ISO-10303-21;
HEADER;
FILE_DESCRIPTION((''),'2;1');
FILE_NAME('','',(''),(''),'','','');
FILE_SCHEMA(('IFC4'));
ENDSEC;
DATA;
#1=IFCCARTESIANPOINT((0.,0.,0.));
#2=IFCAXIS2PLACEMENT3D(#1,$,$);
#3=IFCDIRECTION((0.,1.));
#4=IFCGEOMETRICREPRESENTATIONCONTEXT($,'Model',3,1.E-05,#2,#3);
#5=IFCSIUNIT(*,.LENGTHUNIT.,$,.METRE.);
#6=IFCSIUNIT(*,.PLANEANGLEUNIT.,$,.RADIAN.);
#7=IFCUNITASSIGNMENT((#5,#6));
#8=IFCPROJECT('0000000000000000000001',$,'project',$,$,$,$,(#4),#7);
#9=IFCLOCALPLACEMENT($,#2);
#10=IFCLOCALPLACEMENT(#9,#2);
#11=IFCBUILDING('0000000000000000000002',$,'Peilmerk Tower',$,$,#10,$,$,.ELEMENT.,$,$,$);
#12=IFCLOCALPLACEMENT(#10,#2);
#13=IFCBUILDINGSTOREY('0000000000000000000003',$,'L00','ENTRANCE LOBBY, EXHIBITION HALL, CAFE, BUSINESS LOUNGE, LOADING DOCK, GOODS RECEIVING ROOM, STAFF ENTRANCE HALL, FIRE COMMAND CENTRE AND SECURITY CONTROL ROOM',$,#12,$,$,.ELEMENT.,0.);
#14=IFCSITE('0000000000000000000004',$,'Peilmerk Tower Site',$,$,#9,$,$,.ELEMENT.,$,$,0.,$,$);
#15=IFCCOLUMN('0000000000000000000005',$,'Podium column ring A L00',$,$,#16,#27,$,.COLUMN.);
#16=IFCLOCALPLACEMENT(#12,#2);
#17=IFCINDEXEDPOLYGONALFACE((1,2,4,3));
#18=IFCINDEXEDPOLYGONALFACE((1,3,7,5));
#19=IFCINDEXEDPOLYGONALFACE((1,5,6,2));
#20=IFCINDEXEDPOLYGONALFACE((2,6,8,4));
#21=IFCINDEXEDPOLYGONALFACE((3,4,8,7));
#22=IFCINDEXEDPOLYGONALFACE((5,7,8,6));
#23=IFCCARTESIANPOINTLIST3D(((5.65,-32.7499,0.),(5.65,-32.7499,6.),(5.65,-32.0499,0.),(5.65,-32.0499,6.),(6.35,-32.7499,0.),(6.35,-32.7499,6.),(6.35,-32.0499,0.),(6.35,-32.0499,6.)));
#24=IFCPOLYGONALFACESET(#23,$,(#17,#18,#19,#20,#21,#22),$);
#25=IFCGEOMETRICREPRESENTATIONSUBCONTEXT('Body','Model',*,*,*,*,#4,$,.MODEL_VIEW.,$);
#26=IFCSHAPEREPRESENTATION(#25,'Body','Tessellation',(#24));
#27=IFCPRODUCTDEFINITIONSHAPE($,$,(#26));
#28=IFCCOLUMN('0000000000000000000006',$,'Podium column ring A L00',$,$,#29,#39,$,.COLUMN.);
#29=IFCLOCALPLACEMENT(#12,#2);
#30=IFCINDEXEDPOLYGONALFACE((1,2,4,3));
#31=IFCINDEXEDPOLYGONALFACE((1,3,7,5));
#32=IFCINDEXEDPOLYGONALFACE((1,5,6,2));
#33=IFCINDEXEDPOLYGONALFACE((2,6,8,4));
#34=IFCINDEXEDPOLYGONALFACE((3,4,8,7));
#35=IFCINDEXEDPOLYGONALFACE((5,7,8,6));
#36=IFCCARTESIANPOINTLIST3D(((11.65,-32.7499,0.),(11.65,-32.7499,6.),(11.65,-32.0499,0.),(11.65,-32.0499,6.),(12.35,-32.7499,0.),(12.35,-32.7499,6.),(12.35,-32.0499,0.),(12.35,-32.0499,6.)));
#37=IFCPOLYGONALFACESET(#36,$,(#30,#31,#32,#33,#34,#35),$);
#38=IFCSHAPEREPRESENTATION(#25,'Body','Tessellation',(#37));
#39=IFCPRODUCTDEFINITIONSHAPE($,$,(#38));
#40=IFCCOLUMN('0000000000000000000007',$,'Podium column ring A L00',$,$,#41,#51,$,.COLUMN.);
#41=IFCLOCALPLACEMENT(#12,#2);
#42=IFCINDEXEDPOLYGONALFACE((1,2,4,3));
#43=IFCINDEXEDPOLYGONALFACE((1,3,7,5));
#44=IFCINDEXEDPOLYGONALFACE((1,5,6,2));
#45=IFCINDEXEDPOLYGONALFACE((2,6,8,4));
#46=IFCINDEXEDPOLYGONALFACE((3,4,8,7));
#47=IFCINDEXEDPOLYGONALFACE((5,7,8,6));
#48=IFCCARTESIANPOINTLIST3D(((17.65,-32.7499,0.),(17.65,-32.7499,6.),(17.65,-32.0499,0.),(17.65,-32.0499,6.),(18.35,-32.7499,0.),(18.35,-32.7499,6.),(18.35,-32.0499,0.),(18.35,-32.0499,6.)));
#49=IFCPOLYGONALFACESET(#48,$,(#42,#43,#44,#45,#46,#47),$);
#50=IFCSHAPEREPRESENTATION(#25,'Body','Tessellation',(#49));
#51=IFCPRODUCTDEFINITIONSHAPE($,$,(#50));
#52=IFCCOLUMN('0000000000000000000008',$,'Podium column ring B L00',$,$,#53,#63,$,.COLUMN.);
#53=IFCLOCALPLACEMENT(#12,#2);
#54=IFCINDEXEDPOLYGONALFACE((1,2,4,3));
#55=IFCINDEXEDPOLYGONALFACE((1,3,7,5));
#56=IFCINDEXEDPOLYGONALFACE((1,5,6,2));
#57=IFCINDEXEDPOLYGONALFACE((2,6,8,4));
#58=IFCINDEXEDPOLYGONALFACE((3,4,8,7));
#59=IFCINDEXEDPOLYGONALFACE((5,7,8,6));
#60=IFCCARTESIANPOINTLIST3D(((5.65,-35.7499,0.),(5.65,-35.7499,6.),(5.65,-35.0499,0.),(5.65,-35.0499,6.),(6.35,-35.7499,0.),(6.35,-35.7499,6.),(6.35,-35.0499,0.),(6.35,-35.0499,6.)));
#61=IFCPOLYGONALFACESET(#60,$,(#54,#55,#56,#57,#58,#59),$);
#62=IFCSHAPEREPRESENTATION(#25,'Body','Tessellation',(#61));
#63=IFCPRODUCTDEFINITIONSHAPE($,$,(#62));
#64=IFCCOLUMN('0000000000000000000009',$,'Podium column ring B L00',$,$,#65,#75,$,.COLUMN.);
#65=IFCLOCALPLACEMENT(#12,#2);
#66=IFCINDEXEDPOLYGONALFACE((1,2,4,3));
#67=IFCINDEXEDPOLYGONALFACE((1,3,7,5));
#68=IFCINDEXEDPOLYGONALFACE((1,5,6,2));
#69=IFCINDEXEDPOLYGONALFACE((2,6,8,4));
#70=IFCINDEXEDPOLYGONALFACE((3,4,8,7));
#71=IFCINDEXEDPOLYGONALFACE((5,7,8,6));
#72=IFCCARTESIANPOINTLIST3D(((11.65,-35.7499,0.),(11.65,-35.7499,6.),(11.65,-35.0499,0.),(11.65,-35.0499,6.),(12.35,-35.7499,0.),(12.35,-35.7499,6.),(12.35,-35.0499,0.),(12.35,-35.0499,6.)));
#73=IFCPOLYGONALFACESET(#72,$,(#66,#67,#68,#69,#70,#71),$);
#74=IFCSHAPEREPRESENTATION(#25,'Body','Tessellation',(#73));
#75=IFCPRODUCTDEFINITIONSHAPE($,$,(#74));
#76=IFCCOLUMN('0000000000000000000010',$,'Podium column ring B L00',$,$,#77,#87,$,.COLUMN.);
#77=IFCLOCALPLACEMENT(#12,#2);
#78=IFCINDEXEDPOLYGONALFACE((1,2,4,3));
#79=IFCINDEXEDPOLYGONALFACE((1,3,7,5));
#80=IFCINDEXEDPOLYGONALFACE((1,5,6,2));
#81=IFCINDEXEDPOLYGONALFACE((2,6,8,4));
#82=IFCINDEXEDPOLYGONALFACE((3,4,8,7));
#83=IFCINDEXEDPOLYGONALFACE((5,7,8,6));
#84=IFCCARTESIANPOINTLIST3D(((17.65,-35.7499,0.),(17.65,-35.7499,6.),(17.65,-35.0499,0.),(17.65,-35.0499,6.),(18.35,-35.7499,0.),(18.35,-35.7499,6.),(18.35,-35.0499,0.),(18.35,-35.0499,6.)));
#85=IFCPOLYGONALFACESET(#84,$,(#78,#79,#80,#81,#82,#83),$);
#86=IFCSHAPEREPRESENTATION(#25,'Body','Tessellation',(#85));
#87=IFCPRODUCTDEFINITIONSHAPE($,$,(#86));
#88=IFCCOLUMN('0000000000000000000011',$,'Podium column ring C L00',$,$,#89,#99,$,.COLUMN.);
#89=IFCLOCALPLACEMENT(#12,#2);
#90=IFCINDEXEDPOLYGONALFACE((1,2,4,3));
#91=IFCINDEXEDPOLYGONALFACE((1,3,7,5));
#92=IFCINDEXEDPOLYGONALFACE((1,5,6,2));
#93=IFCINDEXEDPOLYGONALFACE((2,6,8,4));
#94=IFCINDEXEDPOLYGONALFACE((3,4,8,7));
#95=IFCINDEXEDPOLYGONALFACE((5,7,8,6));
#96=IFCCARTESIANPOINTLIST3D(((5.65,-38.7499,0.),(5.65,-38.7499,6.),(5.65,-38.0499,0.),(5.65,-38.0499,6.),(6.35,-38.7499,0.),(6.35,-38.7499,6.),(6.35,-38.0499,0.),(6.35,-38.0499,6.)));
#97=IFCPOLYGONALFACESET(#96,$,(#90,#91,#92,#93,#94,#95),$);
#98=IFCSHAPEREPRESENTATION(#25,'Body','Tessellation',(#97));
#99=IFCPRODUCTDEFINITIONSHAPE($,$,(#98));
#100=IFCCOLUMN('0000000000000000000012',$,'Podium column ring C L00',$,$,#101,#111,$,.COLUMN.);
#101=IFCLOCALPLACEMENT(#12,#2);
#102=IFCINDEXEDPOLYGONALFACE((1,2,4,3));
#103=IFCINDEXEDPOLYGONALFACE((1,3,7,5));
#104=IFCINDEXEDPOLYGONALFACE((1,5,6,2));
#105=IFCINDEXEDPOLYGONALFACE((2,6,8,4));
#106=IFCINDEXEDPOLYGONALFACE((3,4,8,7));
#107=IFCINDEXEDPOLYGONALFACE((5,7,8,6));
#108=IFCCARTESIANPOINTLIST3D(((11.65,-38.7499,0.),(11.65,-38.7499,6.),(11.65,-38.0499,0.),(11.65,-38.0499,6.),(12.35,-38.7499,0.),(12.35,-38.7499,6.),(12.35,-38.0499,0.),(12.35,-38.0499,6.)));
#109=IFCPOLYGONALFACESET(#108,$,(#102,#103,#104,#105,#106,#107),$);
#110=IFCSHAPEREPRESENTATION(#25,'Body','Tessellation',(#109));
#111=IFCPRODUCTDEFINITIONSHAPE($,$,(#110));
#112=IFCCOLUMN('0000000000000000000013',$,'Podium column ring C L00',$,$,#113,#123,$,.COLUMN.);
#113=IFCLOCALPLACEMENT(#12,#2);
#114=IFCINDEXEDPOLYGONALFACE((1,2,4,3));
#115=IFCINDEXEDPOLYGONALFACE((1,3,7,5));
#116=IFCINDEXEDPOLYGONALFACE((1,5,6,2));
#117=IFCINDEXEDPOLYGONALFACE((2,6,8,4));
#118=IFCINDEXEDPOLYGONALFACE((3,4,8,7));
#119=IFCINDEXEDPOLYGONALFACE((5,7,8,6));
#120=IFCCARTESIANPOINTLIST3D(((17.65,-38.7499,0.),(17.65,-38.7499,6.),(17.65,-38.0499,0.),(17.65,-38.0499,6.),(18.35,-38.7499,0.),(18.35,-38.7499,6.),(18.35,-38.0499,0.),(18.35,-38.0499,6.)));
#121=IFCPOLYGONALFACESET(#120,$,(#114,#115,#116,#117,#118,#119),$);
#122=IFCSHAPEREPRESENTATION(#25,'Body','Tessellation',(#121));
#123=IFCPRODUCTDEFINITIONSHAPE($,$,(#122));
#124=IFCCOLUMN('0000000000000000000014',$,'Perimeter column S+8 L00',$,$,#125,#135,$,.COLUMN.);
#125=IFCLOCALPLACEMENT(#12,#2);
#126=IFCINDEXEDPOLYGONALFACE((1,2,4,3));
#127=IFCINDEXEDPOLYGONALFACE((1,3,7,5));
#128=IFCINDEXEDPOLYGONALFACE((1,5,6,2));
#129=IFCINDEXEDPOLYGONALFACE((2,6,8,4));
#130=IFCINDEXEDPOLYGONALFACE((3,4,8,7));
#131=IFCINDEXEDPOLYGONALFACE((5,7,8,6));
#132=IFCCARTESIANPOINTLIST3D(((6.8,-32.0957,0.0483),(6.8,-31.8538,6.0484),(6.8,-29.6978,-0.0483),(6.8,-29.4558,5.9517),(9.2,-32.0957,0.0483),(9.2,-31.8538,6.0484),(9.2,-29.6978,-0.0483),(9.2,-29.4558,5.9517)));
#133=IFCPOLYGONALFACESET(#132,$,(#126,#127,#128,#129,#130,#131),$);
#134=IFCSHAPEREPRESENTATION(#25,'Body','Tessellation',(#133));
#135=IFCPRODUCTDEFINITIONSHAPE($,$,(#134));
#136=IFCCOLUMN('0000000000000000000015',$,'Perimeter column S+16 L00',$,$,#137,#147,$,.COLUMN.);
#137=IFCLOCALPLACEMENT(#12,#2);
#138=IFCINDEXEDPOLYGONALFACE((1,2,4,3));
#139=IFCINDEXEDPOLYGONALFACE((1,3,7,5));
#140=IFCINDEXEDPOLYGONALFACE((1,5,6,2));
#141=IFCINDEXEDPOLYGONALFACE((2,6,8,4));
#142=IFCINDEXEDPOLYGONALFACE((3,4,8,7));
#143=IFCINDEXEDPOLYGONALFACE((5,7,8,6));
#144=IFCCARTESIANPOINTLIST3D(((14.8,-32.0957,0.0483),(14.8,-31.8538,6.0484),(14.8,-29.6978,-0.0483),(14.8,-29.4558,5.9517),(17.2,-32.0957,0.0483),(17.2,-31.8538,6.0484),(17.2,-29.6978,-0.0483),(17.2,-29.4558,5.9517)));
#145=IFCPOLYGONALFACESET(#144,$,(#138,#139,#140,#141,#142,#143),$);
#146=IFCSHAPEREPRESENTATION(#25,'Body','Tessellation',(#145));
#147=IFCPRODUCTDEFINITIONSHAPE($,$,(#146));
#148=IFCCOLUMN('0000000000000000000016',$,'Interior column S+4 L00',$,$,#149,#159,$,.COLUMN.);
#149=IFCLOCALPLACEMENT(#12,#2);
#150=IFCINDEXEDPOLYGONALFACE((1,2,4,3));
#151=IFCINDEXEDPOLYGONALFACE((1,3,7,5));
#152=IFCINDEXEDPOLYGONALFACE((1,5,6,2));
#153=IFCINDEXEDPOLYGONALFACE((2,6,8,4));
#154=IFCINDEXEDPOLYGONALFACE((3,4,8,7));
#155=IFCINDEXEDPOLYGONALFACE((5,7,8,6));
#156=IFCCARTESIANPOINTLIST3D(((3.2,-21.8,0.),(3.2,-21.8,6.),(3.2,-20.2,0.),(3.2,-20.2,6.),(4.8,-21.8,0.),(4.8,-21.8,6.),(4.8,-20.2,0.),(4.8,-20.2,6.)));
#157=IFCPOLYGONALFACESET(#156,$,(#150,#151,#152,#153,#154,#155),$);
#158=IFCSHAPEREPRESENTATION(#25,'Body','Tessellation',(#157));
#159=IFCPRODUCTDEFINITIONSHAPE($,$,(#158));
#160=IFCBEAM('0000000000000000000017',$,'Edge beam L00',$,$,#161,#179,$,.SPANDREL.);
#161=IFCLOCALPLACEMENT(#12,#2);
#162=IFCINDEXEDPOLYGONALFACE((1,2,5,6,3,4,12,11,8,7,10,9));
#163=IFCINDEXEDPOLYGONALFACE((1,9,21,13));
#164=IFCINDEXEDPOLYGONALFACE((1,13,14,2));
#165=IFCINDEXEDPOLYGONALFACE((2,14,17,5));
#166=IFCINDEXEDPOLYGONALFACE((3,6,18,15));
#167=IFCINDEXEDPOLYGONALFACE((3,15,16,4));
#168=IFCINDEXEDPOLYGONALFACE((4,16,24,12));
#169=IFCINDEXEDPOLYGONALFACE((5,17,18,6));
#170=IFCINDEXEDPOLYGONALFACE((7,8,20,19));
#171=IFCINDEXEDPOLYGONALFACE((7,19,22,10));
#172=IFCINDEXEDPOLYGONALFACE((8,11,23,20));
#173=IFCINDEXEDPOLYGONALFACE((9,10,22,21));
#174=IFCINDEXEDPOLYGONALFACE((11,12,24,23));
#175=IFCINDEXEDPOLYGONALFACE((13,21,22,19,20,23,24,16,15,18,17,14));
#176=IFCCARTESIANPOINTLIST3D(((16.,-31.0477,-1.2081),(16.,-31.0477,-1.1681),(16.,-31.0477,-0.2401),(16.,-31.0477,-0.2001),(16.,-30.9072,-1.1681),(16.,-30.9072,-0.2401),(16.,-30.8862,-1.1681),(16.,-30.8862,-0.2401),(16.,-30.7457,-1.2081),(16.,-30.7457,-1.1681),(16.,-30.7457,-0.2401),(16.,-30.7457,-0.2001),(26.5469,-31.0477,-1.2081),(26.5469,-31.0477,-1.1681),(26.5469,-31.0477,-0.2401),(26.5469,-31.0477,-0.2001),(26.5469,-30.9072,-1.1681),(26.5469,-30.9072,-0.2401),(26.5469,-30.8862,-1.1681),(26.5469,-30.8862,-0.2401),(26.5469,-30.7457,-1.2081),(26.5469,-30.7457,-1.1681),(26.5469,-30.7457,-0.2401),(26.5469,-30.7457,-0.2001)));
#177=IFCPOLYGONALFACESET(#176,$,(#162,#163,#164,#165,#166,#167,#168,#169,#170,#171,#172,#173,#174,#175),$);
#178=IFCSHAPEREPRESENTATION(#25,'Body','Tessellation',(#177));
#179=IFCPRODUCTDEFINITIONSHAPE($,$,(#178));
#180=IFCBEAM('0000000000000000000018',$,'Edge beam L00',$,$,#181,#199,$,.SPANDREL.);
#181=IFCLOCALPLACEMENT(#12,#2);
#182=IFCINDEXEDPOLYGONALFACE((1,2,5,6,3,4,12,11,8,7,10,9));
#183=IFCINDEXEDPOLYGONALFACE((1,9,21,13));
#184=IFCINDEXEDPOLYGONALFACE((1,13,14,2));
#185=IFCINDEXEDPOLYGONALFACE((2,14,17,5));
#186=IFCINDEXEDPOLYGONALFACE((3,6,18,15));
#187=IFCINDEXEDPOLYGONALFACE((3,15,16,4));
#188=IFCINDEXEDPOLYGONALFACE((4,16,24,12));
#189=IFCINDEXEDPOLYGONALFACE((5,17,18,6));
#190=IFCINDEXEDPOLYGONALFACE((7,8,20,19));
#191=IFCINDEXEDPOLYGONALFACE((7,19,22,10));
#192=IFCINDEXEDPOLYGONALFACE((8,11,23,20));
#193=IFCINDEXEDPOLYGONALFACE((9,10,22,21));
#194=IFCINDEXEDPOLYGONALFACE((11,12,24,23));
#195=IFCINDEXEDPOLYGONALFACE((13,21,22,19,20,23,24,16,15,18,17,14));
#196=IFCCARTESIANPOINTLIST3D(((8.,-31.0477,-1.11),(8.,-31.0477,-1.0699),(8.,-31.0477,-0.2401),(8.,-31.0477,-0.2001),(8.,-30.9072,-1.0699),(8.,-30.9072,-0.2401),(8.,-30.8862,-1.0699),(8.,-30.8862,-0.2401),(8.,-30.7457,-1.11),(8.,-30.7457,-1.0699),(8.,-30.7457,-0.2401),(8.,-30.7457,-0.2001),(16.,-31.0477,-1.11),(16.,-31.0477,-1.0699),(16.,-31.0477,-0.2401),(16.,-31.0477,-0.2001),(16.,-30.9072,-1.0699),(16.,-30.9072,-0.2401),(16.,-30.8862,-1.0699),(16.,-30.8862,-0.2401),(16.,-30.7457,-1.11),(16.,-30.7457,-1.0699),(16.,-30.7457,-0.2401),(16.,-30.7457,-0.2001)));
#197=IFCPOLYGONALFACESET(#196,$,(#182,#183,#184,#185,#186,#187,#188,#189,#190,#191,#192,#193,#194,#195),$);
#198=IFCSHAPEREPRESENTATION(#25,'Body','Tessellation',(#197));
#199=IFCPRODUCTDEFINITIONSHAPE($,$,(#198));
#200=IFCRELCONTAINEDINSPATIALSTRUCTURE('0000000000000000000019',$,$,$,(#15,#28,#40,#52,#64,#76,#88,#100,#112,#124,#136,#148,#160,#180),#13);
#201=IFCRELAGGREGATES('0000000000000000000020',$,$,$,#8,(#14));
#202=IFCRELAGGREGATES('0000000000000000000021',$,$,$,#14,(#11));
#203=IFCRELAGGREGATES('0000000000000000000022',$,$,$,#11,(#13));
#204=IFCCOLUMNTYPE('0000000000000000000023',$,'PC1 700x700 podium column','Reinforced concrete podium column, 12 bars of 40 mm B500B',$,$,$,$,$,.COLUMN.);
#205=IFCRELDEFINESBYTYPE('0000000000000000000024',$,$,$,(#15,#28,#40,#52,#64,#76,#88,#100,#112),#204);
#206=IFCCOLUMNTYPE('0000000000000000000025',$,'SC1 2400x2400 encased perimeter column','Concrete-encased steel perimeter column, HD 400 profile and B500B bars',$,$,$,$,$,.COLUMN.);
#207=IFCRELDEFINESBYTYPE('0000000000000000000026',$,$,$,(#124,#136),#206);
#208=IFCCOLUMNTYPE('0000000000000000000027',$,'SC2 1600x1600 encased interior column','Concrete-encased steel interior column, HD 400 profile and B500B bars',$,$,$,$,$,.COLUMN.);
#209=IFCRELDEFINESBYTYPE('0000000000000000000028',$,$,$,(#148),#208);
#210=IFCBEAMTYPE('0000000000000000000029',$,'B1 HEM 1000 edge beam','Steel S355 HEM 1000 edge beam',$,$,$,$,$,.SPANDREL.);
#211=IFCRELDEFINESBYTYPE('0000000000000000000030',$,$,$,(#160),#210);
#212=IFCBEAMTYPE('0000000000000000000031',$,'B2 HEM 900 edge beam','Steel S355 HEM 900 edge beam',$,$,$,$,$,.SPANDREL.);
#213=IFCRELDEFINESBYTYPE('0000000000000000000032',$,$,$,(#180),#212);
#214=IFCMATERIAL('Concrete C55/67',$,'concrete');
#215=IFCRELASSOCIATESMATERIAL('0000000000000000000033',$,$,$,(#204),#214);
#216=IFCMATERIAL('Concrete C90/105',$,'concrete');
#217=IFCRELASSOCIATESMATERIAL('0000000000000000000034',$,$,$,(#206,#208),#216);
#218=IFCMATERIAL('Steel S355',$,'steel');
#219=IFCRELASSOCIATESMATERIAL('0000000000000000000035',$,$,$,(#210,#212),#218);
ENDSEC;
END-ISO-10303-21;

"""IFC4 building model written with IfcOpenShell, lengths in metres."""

from ifc_helpers import new_model, si_unit, direction, frame, origin, origin_2d, place, context, subcontext, project, spatial, rectangle, i_section, extrude, material, material_profile, profile_set, type_object, element, save


model = new_model("IFC4")

# Units and contexts
model_context = context("Model", 3, precision=1e-05, world=origin(), true_north=direction((0.0, 1.0)))
body_context = subcontext(model_context, "Body", "Model", "MODEL_VIEW")
ifc_project = project(units=[si_unit("LENGTHUNIT", "METRE"), si_unit("PLANEANGLEUNIT", "RADIAN")], contexts=[model_context])

# Site, building, storey
site_placement = place(None, origin())
site = spatial("IfcSite", under=ifc_project, at=site_placement, Name="Peilmerk Tower Site", CompositionType="ELEMENT", RefElevation=0.0)
building_placement = place(site_placement, origin())
building = spatial("IfcBuilding", under=site, at=building_placement, Name="Peilmerk Tower", CompositionType="ELEMENT")
storey_placement = place(building_placement, origin())
storey = spatial("IfcBuildingStorey", under=building, at=storey_placement, Name="L00", Description="ENTRANCE LOBBY, EXHIBITION HALL, CAFE, BUSINESS LOUNGE, LOADING DOCK, GOODS RECEIVING ROOM, STAFF ENTRANCE HALL, FIRE COMMAND CENTRE AND SECURITY CONTROL ROOM", CompositionType="ELEMENT", Elevation=0.0)

# Columns
ifc_material_1 = material(Name="Concrete C55/67", Category="concrete")
ifc_material_profile_1 = material_profile(ifc_material_1, rectangle(XDim=0.7, YDim=0.7, at=origin_2d()), Name="RC 700x700")
ifc_profile_set_1 = profile_set([ifc_material_profile_1], Name="Concrete C55/67")
column_type_1 = type_object("IfcColumnType", Name="PC1 700x700 podium column", Description="Reinforced concrete podium column, 12 bars of 40 mm B500B", PredefinedType="COLUMN", material=ifc_profile_set_1)
for number, where, z_axis, x_axis, name in (
    (1, (6.0, -32.3999, 0.0), (0.0, 0.0, 1.0), (1.0, 0.0, 0.0), "Podium column ring A L00"),
    (2, (12.0, -32.3999, 0.0), (0.0, 0.0, 1.0), (1.0, 0.0, 0.0), "Podium column ring A L00"),
    (3, (18.0, -32.3999, 0.0), (0.0, 0.0, 1.0), (1.0, 0.0, 0.0), "Podium column ring A L00"),
    (4, (6.0, -35.3999, 0.0), (0.0, 0.0, 1.0), (1.0, 0.0, 0.0), "Podium column ring B L00"),
    (5, (12.0, -35.3999, 0.0), (0.0, 0.0, 1.0), (1.0, 0.0, 0.0), "Podium column ring B L00"),
    (6, (18.0, -35.3999, 0.0), (0.0, 0.0, 1.0), (1.0, 0.0, 0.0), "Podium column ring B L00"),
    (7, (6.0, -38.3999, 0.0), (0.0, 0.0, 1.0), (1.0, 0.0, 0.0), "Podium column ring C L00"),
    (8, (12.0, -38.3999, 0.0), (0.0, 0.0, 1.0), (1.0, 0.0, 0.0), "Podium column ring C L00"),
    (9, (18.0, -38.3999, 0.0), (0.0, 0.0, 1.0), (1.0, 0.0, 0.0), "Podium column ring C L00"),
):
    element("IfcColumn", number, at=place(storey_placement, frame(where, z_axis=z_axis, x_axis=x_axis)), inside=storey, type_object=column_type_1, Name=name, PredefinedType="COLUMN", context=body_context, shape_type="SweptSolid", body=[
        extrude(rectangle(XDim=0.7, YDim=0.7, at=origin_2d()), origin(), (0.0, 0.0, 1.0), 6.0),
    ])
ifc_material_2 = material(Name="Concrete C90/105", Category="concrete")
ifc_material_profile_2 = material_profile(ifc_material_2, rectangle(XDim=2.3999, YDim=2.3999, at=origin_2d()), Name="RC 2400x2400")
ifc_profile_set_2 = profile_set([ifc_material_profile_2], Name="Concrete C90/105")
column_type_2 = type_object("IfcColumnType", Name="SC1 2400x2400 encased perimeter column", Description="Concrete-encased steel perimeter column, HD 400 profile and B500B bars", PredefinedType="COLUMN", material=ifc_profile_set_2)
for number, where, z_axis, x_axis, name in (
    (10, (8.0, -30.8967, 0.0), (0.0, 0.040291, 0.999188), (-1.0, 0.0, 0.0), "Perimeter column S+8 L00"),
    (11, (16.0, -30.8967, 0.0), (0.0, 0.040291, 0.999188), (-1.0, 0.0, 0.0), "Perimeter column S+16 L00"),
):
    element("IfcColumn", number, at=place(storey_placement, frame(where, z_axis=z_axis, x_axis=x_axis)), inside=storey, type_object=column_type_2, Name=name, PredefinedType="COLUMN", context=body_context, shape_type="SweptSolid", body=[
        extrude(rectangle(XDim=2.3999, YDim=2.3999, at=origin_2d()), origin(), (0.0, 0.0, 1.0), 6.0049),
    ])
ifc_material_profile_3 = material_profile(ifc_material_2, rectangle(XDim=1.6001, YDim=1.6001, at=origin_2d()), Name="RC 1600x1600")
ifc_profile_set_3 = profile_set([ifc_material_profile_3], Name="Concrete C90/105")
column_type_3 = type_object("IfcColumnType", Name="SC2 1600x1600 encased interior column", Description="Concrete-encased steel interior column, HD 400 profile and B500B bars", PredefinedType="COLUMN", material=ifc_profile_set_3)
column_placement = place(storey_placement, frame((4.0, -21.0, 0.0), z_axis=(0.0, 0.0, 1.0), x_axis=(1.0, 0.0, 0.0)))
element("IfcColumn", 12, at=column_placement, inside=storey, type_object=column_type_3, Name="Interior column S+4 L00", PredefinedType="COLUMN", context=body_context, shape_type="SweptSolid", body=[
    extrude(rectangle(XDim=1.6001, YDim=1.6001, at=origin_2d()), origin(), (0.0, 0.0, 1.0), 6.0),
])

# Beams
ifc_material_3 = material(Name="Steel S355", Category="steel")
ifc_material_profile_4 = material_profile(ifc_material_3, i_section(OverallWidth=0.302, OverallDepth=1.0081, WebThickness=0.021, FlangeThickness=0.04, at=origin_2d()), Name="HEM 1000")
ifc_profile_set_4 = profile_set([ifc_material_profile_4], Name="Steel S355")
beam_type_1 = type_object("IfcBeamType", Name="B1 HEM 1000 edge beam", Description="Steel S355 HEM 1000 edge beam", PredefinedType="SPANDREL", material=ifc_profile_set_4)
beam_1_placement = place(storey_placement, frame((16.0, -30.8967, -0.7041), z_axis=(1.0, 0.0, 0.0), x_axis=(0.0, 1.0, 0.0)))
element("IfcBeam", 13, at=beam_1_placement, inside=storey, type_object=beam_type_1, Name="Edge beam L00", PredefinedType="SPANDREL", context=body_context, shape_type="SweptSolid", body=[
    extrude(i_section(OverallWidth=0.302, OverallDepth=1.0081, WebThickness=0.021, FlangeThickness=0.04, at=origin_2d()), origin(), (0.0, 0.0, 1.0), 10.5469),
])
ifc_material_profile_5 = material_profile(ifc_material_3, i_section(OverallWidth=0.302, OverallDepth=0.9099, WebThickness=0.021, FlangeThickness=0.04, at=origin_2d()), Name="HEM 900")
ifc_profile_set_5 = profile_set([ifc_material_profile_5], Name="Steel S355")
beam_type_2 = type_object("IfcBeamType", Name="B2 HEM 900 edge beam", Description="Steel S355 HEM 900 edge beam", PredefinedType="SPANDREL", material=ifc_profile_set_5)
beam_2_placement = place(storey_placement, frame((8.0, -30.8967, -0.655), z_axis=(1.0, 0.0, 0.0), x_axis=(0.0, 1.0, 0.0)))
element("IfcBeam", 14, at=beam_2_placement, inside=storey, type_object=beam_type_2, Name="Edge beam L00", PredefinedType="SPANDREL", context=body_context, shape_type="SweptSolid", body=[
    extrude(i_section(OverallWidth=0.302, OverallDepth=0.9099, WebThickness=0.021, FlangeThickness=0.04, at=origin_2d()), origin(), (0.0, 0.0, 1.0), 8.0),
])

save(model, "model.ifc")
